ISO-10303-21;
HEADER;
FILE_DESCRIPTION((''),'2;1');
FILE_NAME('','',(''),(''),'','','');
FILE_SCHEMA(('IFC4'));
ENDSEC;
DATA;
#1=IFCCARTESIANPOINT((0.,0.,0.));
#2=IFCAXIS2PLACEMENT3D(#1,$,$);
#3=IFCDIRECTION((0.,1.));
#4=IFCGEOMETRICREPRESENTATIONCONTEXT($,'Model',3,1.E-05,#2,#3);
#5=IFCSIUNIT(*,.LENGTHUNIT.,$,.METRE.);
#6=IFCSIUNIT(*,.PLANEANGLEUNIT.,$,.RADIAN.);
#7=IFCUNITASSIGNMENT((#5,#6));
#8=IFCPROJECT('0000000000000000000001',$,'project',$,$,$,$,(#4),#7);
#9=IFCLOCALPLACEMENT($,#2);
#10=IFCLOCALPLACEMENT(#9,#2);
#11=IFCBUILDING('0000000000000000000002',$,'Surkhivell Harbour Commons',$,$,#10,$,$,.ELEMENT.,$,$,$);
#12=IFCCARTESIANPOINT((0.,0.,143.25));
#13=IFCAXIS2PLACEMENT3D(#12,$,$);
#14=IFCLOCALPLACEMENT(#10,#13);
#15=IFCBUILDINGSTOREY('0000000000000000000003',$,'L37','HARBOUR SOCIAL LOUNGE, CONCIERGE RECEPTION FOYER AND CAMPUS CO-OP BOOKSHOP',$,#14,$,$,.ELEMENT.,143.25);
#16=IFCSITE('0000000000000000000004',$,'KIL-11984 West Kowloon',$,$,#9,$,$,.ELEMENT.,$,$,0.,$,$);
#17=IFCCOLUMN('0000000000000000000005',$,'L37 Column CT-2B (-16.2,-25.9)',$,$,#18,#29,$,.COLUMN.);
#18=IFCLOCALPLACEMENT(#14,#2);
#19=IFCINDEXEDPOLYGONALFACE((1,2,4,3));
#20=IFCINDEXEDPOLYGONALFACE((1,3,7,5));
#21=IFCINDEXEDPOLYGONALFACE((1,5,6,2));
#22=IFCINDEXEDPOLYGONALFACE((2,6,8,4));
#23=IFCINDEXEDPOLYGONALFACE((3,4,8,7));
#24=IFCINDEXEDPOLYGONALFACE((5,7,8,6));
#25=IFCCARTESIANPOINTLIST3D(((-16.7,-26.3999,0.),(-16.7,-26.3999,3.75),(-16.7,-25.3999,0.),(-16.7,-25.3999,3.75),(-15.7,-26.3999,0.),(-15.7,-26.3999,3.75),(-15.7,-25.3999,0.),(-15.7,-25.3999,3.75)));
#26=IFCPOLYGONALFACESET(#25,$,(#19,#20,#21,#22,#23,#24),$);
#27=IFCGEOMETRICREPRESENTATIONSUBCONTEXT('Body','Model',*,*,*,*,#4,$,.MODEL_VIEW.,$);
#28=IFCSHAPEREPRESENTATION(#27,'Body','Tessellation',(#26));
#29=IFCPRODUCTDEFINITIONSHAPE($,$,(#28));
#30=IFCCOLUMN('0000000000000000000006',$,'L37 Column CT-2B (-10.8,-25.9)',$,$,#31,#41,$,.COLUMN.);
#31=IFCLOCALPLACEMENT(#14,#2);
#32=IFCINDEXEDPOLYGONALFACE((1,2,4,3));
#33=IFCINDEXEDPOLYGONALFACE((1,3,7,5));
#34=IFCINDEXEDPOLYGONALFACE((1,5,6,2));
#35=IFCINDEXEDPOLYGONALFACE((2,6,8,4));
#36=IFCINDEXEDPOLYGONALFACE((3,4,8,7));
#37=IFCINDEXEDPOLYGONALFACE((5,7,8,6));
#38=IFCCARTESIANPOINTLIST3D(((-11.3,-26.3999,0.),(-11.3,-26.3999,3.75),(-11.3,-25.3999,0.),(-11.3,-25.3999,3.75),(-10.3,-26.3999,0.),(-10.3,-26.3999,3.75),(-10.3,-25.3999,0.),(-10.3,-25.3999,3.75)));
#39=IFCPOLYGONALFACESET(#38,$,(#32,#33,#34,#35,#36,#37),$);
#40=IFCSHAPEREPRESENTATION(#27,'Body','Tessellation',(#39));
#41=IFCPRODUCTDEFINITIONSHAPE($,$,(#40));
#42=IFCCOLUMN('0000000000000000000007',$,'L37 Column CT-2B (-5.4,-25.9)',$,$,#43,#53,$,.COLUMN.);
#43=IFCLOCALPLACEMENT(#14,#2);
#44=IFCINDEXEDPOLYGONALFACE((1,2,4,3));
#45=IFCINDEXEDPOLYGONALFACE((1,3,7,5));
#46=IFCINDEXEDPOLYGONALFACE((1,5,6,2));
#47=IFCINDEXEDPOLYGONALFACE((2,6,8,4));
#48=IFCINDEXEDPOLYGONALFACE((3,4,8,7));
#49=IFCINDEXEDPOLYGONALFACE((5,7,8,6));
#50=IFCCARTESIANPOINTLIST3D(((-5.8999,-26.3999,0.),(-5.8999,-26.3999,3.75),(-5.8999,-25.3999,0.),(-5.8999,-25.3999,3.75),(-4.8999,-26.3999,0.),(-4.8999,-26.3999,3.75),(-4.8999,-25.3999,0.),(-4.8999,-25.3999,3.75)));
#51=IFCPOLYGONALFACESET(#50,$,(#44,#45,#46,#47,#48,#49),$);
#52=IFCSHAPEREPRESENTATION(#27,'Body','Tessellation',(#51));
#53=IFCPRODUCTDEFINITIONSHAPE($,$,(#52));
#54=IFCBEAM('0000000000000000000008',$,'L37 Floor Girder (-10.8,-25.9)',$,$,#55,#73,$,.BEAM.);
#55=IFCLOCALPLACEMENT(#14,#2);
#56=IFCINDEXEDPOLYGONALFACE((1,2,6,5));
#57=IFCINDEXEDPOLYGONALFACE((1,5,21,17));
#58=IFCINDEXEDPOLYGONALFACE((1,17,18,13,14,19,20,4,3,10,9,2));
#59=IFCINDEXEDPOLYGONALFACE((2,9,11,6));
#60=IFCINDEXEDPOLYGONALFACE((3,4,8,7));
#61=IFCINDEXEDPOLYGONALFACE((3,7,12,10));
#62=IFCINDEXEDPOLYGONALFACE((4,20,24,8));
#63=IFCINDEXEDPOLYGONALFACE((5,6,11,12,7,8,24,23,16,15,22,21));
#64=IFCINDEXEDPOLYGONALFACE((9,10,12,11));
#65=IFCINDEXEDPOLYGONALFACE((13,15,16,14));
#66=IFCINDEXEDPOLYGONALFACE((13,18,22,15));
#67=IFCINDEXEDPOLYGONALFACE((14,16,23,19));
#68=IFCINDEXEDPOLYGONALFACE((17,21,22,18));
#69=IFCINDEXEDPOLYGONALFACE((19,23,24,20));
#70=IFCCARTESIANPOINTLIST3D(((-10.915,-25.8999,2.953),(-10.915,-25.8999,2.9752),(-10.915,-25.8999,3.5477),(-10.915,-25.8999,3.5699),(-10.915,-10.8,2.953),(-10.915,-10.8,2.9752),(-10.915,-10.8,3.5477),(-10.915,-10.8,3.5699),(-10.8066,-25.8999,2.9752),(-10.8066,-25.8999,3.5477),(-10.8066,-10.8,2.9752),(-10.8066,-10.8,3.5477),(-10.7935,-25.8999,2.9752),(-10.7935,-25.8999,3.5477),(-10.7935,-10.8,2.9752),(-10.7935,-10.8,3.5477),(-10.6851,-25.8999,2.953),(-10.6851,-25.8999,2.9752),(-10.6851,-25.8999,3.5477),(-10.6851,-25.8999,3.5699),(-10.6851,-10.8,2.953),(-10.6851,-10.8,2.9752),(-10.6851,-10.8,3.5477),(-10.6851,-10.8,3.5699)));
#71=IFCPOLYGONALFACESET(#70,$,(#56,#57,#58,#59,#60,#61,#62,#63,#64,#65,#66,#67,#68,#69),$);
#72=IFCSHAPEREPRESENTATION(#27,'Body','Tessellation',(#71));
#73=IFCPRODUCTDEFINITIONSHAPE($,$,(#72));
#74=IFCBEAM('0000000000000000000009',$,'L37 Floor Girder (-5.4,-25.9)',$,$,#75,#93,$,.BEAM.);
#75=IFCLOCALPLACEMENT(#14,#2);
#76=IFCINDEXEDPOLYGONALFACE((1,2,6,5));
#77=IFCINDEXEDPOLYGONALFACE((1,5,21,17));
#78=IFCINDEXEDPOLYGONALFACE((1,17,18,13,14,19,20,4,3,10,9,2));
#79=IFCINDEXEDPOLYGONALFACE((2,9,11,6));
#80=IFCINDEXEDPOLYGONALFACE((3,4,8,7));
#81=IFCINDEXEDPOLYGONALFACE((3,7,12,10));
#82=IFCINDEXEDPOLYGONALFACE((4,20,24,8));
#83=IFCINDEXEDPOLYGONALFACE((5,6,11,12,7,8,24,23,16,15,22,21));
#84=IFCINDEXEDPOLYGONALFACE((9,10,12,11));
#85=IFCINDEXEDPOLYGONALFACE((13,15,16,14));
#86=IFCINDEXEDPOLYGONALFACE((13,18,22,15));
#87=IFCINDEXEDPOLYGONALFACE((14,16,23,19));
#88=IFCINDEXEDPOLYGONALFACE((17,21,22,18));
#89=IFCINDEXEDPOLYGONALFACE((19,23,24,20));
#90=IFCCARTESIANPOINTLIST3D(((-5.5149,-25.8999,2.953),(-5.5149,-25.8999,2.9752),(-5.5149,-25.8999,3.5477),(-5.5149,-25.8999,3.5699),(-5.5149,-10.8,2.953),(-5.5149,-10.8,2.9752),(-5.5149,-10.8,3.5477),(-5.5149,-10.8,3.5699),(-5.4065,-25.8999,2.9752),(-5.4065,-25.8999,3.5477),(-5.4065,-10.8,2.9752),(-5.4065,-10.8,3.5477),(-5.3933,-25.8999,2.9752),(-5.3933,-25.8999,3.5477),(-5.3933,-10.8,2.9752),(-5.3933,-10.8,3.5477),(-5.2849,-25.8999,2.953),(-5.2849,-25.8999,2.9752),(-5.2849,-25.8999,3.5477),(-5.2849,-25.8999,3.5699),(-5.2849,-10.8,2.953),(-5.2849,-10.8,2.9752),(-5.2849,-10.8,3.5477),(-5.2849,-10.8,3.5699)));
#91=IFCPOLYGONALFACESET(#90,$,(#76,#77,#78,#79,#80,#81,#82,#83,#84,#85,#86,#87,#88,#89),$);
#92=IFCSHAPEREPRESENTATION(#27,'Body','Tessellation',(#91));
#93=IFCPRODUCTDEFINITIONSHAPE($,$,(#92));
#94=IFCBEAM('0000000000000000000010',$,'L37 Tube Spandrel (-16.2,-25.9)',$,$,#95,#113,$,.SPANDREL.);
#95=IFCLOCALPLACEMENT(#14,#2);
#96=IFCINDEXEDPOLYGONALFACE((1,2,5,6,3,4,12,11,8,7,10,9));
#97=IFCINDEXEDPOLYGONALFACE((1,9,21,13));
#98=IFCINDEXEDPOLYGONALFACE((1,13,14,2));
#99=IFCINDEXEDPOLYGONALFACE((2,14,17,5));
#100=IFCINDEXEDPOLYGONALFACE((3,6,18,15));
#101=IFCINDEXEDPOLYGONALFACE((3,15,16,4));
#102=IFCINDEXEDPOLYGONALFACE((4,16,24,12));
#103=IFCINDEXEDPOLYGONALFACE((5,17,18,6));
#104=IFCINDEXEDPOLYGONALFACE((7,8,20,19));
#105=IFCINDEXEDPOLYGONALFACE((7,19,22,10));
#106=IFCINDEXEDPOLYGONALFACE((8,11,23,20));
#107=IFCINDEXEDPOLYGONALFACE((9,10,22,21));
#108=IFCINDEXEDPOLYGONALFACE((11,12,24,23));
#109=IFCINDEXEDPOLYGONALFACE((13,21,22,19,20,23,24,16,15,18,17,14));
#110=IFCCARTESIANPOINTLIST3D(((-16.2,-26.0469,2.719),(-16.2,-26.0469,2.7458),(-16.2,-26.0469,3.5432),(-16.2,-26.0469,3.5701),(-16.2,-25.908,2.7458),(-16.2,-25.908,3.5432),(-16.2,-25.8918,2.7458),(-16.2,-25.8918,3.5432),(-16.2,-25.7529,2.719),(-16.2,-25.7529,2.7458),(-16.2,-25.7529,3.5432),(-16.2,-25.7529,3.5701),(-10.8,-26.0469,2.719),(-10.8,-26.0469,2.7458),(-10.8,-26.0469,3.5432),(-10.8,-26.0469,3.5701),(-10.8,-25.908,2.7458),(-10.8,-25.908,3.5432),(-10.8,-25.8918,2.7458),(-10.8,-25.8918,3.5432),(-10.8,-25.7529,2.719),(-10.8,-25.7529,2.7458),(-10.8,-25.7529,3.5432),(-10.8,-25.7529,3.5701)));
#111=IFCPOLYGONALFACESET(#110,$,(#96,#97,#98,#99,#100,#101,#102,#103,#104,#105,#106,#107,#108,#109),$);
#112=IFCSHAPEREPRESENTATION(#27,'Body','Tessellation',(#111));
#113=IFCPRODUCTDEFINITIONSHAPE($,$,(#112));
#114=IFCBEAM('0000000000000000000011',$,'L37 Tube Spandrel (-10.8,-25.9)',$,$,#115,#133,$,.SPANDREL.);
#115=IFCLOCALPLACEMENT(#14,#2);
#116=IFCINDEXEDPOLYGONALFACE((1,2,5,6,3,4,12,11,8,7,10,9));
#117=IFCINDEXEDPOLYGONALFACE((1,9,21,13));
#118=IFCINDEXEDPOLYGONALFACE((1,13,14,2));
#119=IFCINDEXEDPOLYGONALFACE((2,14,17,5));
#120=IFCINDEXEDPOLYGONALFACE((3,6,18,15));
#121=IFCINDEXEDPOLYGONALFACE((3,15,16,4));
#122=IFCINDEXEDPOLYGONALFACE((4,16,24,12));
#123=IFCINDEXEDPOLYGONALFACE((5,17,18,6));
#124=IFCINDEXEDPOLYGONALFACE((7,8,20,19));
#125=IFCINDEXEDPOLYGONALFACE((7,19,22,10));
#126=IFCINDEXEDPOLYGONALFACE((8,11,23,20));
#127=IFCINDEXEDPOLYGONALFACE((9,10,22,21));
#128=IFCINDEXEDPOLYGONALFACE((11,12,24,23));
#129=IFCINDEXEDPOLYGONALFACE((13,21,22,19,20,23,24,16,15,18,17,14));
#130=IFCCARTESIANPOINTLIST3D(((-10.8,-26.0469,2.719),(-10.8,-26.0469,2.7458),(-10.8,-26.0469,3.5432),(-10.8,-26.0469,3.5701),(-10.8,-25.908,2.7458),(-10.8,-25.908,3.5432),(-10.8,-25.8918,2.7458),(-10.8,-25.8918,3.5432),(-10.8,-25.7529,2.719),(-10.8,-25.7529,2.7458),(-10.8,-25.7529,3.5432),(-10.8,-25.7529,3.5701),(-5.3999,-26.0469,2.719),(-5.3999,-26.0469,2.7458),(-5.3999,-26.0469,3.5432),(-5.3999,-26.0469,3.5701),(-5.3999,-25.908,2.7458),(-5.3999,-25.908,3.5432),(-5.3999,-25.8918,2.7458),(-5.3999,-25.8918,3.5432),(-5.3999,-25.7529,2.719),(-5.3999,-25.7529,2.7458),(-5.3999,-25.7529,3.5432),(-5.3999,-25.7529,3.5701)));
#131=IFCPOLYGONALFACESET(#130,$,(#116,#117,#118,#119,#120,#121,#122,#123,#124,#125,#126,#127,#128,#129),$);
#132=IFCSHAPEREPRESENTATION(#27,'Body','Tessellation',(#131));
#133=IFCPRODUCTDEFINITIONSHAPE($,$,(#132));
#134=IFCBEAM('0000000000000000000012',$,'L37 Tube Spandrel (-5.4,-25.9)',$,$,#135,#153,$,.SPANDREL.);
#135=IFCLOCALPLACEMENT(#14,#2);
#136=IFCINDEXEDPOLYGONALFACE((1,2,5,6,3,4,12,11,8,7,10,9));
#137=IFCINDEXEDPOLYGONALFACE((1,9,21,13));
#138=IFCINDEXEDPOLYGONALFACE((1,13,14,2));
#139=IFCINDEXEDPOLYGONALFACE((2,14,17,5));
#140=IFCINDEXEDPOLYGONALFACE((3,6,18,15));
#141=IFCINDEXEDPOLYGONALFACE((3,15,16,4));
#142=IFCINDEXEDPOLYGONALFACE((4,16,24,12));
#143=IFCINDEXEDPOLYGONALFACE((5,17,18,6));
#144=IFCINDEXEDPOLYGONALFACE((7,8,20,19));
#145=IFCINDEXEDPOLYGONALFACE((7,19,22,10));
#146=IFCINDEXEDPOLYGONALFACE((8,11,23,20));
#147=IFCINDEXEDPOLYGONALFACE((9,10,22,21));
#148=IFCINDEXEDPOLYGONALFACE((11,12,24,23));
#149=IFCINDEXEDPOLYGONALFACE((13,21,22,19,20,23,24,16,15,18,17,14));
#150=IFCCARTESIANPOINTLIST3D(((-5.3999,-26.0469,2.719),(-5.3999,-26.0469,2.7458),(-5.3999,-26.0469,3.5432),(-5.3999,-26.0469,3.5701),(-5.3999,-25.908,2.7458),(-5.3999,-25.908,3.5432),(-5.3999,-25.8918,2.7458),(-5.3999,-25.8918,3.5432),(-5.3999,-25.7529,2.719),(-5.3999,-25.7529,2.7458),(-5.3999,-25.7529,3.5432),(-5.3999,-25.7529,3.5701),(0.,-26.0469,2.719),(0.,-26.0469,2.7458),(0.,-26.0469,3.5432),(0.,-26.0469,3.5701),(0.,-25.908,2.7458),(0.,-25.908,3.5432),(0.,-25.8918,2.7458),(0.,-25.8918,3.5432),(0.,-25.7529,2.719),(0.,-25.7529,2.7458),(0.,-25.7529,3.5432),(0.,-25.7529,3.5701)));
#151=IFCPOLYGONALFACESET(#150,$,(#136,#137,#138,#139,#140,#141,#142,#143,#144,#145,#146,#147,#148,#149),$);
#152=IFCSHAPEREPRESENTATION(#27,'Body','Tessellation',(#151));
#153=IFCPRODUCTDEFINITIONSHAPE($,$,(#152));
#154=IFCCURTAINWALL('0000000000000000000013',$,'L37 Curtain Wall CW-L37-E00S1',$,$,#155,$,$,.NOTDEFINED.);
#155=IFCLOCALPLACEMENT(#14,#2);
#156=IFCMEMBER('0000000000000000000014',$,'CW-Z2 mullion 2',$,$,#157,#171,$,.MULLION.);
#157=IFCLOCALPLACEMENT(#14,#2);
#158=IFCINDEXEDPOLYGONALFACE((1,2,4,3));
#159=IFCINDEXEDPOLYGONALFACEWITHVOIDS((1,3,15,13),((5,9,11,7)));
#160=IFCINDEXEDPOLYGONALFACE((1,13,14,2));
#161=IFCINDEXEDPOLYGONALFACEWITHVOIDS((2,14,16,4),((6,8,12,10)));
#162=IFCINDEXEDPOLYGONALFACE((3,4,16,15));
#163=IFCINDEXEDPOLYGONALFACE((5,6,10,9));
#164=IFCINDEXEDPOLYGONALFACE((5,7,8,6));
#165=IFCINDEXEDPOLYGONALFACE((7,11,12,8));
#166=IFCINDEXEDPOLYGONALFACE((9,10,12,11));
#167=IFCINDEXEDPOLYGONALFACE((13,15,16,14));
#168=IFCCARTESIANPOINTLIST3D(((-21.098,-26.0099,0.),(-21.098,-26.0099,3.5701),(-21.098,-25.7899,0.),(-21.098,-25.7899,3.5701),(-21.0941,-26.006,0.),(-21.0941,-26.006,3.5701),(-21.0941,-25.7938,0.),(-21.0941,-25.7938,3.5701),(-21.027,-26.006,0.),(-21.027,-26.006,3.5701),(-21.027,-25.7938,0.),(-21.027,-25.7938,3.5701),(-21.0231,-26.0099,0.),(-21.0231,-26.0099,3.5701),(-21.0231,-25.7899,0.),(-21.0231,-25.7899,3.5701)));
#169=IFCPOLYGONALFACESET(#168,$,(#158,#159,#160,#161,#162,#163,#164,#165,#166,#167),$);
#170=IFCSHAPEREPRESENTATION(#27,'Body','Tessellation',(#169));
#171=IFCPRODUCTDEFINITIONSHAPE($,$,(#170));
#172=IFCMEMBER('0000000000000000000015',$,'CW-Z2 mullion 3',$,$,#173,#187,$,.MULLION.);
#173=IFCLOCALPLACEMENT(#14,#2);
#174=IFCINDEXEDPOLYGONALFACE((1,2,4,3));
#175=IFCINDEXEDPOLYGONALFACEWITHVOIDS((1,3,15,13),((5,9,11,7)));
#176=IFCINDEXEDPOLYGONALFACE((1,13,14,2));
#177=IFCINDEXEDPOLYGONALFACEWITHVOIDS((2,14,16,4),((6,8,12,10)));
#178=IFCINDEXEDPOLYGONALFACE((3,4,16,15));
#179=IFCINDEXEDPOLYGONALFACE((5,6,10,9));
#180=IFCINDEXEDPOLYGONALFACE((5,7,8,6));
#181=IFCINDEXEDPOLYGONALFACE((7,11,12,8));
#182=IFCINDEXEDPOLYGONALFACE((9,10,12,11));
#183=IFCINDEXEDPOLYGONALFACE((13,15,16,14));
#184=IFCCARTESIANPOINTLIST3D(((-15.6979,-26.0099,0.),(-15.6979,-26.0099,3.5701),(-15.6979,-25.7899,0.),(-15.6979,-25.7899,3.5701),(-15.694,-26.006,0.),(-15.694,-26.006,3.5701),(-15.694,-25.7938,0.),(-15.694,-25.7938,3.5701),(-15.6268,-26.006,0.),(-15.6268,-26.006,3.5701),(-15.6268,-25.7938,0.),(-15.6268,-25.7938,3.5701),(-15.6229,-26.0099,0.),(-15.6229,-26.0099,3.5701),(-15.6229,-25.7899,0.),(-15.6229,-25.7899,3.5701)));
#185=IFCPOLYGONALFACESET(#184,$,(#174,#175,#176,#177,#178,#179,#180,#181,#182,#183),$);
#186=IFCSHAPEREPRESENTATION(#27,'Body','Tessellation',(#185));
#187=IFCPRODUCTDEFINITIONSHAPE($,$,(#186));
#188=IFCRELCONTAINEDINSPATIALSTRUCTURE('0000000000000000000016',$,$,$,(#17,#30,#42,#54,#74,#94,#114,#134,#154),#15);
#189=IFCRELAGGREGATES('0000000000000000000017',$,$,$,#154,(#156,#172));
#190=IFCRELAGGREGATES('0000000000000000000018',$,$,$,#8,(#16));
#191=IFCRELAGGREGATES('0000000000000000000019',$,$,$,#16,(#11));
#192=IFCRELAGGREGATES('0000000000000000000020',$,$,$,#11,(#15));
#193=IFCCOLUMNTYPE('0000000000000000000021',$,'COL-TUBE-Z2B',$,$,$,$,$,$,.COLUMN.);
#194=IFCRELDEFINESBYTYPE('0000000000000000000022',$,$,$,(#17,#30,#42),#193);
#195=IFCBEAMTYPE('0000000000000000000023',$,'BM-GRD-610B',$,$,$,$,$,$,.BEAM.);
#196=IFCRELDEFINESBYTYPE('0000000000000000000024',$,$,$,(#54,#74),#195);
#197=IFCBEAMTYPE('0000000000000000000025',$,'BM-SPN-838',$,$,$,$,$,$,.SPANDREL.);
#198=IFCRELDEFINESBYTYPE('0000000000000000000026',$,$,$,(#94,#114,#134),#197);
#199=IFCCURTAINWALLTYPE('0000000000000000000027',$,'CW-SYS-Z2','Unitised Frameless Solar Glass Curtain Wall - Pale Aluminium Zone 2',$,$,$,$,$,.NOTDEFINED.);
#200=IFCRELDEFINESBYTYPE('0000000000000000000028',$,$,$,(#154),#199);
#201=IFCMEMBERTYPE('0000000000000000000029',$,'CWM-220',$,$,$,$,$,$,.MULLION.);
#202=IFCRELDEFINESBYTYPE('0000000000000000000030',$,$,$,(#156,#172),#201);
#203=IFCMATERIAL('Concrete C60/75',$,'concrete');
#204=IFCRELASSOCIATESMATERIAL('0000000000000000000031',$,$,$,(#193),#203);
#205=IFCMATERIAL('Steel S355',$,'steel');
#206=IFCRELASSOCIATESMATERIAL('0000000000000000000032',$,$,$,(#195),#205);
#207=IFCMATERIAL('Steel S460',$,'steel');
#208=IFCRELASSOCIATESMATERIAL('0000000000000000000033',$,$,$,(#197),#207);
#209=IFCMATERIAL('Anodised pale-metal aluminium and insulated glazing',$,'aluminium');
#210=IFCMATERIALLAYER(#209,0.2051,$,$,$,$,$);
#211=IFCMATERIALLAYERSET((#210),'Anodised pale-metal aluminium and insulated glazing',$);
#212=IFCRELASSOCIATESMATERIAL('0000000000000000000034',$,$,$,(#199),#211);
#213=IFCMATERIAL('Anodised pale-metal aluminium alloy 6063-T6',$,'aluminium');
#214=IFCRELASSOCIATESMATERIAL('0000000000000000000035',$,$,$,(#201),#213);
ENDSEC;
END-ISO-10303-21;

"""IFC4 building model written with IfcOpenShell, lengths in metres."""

from ifc_helpers import new_model, si_unit, direction, frame, origin, origin_2d, place, context, subcontext, project, spatial, rectangle, hollow_rectangle, i_section, extrude, material, layer, layer_set, material_profile, profile_set, type_object, element, aggregate, save


model = new_model("IFC4")

# Units and contexts
model_context = context("Model", 3, precision=1e-05, world=origin(), true_north=direction((0.0, 1.0)))
body_context = subcontext(model_context, "Body", "Model", "MODEL_VIEW")
ifc_project = project(units=[si_unit("LENGTHUNIT", "METRE"), si_unit("PLANEANGLEUNIT", "RADIAN")], contexts=[model_context])

# Site, building, storey
site_placement = place(None, origin())
site = spatial("IfcSite", under=ifc_project, at=site_placement, Name="KIL-11984 West Kowloon", CompositionType="ELEMENT", RefElevation=0.0)
building_placement = place(site_placement, origin())
building = spatial("IfcBuilding", under=site, at=building_placement, Name="Surkhivell Harbour Commons", CompositionType="ELEMENT")
storey_placement = place(building_placement, frame((0.0, 0.0, 143.25)))
storey = spatial("IfcBuildingStorey", under=building, at=storey_placement, Name="L37", Description="HARBOUR SOCIAL LOUNGE, CONCIERGE RECEPTION FOYER AND CAMPUS CO-OP BOOKSHOP", CompositionType="ELEMENT", Elevation=143.25)

# Columns
ifc_material_1 = material(Name="Concrete C60/75", Category="concrete")
ifc_material_profile_1 = material_profile(ifc_material_1, rectangle(XDim=1.0, YDim=1.0, at=origin_2d()), Name="RC-COL-1000x1000")
ifc_profile_set_1 = profile_set([ifc_material_profile_1], Name="Concrete C60/75")
column_type = type_object("IfcColumnType", Name="COL-TUBE-Z2B", PredefinedType="COLUMN", material=ifc_profile_set_1)
for number, where, z_axis, x_axis, name in (
    (1, (-16.2, -25.8999, 0.0), (0.0, 0.0, 1.0), (1.0, 0.0, 0.0), "L37 Column CT-2B (-16.2,-25.9)"),
    (2, (-10.8, -25.8999, 0.0), (0.0, 0.0, 1.0), (1.0, 0.0, 0.0), "L37 Column CT-2B (-10.8,-25.9)"),
    (3, (-5.3999, -25.8999, 0.0), (0.0, 0.0, 1.0), (1.0, 0.0, 0.0), "L37 Column CT-2B (-5.4,-25.9)"),
):
    element("IfcColumn", number, at=place(storey_placement, frame(where, z_axis=z_axis, x_axis=x_axis)), inside=storey, type_object=column_type, Name=name, PredefinedType="COLUMN", context=body_context, shape_type="SweptSolid", body=[
        extrude(rectangle(XDim=1.0, YDim=1.0, at=origin_2d()), origin(), (0.0, 0.0, 1.0), 3.75),
    ])

# Beams
ifc_material_2 = material(Name="Steel S355", Category="steel")
ifc_material_profile_2 = material_profile(ifc_material_2, i_section(OverallWidth=0.23, OverallDepth=0.6169, WebThickness=0.0132, FlangeThickness=0.0222, at=origin_2d()), Name="UB610x229x140")
ifc_profile_set_2 = profile_set([ifc_material_profile_2], Name="Steel S355")
beam_type_1 = type_object("IfcBeamType", Name="BM-GRD-610B", PredefinedType="BEAM", material=ifc_profile_set_2)
for number, where, z_axis, x_axis, name in (
    (4, (-10.8, -25.8999, 3.2615), (0.0, 1.0, 0.0), (-1.0, 0.0, 0.0), "L37 Floor Girder (-10.8,-25.9)"),
    (5, (-5.3999, -25.8999, 3.2615), (0.0, 1.0, 0.0), (-1.0, 0.0, 0.0), "L37 Floor Girder (-5.4,-25.9)"),
):
    element("IfcBeam", number, at=place(storey_placement, frame(where, z_axis=z_axis, x_axis=x_axis)), inside=storey, type_object=beam_type_1, Name=name, PredefinedType="BEAM", context=body_context, shape_type="SweptSolid", body=[
        extrude(i_section(OverallWidth=0.23, OverallDepth=0.6169, WebThickness=0.0132, FlangeThickness=0.0222, at=origin_2d()), origin(), (0.0, 0.0, 1.0), 15.0999),
    ])
ifc_material_3 = material(Name="Steel S460", Category="steel")
ifc_material_profile_3 = material_profile(ifc_material_3, i_section(OverallWidth=0.2939, OverallDepth=0.8511, WebThickness=0.0161, FlangeThickness=0.0269, at=origin_2d()), Name="UB838x292x226")
ifc_profile_set_3 = profile_set([ifc_material_profile_3], Name="Steel S460")
beam_type_2 = type_object("IfcBeamType", Name="BM-SPN-838", PredefinedType="SPANDREL", material=ifc_profile_set_3)
beam_1_placement = place(storey_placement, frame((-16.2, -25.8999, 3.1445), z_axis=(1.0, 0.0, 0.0), x_axis=(0.0, 1.0, 0.0)))
element("IfcBeam", 6, at=beam_1_placement, inside=storey, type_object=beam_type_2, Name="L37 Tube Spandrel (-16.2,-25.9)", PredefinedType="SPANDREL", context=body_context, shape_type="SweptSolid", body=[
    extrude(i_section(OverallWidth=0.2939, OverallDepth=0.8511, WebThickness=0.0161, FlangeThickness=0.0269, at=origin_2d()), origin(), (0.0, 0.0, 1.0), 5.3999),
])
beam_2_placement = place(storey_placement, frame((-10.8, -25.8999, 3.1445), z_axis=(1.0, 0.0, 0.0), x_axis=(0.0, 1.0, 0.0)))
element("IfcBeam", 7, at=beam_2_placement, inside=storey, type_object=beam_type_2, Name="L37 Tube Spandrel (-10.8,-25.9)", PredefinedType="SPANDREL", context=body_context, shape_type="SweptSolid", body=[
    extrude(i_section(OverallWidth=0.2939, OverallDepth=0.8511, WebThickness=0.0161, FlangeThickness=0.0269, at=origin_2d()), origin(), (0.0, 0.0, 1.0), 5.4001),
])
beam_3_placement = place(storey_placement, frame((-5.3999, -25.8999, 3.1445), z_axis=(1.0, 0.0, 0.0), x_axis=(0.0, 1.0, 0.0)))
element("IfcBeam", 8, at=beam_3_placement, inside=storey, type_object=beam_type_2, Name="L37 Tube Spandrel (-5.4,-25.9)", PredefinedType="SPANDREL", context=body_context, shape_type="SweptSolid", body=[
    extrude(i_section(OverallWidth=0.2939, OverallDepth=0.8511, WebThickness=0.0161, FlangeThickness=0.0269, at=origin_2d()), origin(), (0.0, 0.0, 1.0), 5.3999),
])

# Curtain wall, members
ifc_material_4 = material(Name="Anodised pale-metal aluminium and insulated glazing", Category="aluminium")
ifc_layer_1 = layer(ifc_material_4, 0.2051)
ifc_layer_set_1 = layer_set([ifc_layer_1], Name="Anodised pale-metal aluminium and insulated glazing")
curtain_wall_type = type_object("IfcCurtainWallType", Name="CW-SYS-Z2", Description="Unitised Frameless Solar Glass Curtain Wall - Pale Aluminium Zone 2", PredefinedType="NOTDEFINED", material=ifc_layer_set_1)
curtain_wall_1_placement = place(storey_placement, origin())
curtain_wall_1 = element("IfcCurtainWall", 9, at=curtain_wall_1_placement, inside=storey, type_object=curtain_wall_type, Name="L37 Curtain Wall CW-L37-E00S1", PredefinedType="NOTDEFINED")
ifc_material_5 = material(Name="Anodised pale-metal aluminium alloy 6063-T6", Category="aluminium")
ifc_material_profile_4 = material_profile(ifc_material_5, hollow_rectangle(XDim=0.075, YDim=0.22, WallThickness=0.0039, at=origin_2d()), Name="ALU-MULL-75x220")
ifc_profile_set_4 = profile_set([ifc_material_profile_4], Name="Anodised pale-metal aluminium alloy 6063-T6")
member_type_1 = type_object("IfcMemberType", Name="CWM-220", PredefinedType="MULLION", material=ifc_profile_set_4)
member_1_placement = place(storey_placement, frame((-21.0605, -25.8999, 0.0), z_axis=(0.0, 0.0, 1.0), x_axis=(1.0, 0.0, 0.0)))
member_1 = element("IfcMember", 10, at=member_1_placement, type_object=member_type_1, Name="CW-Z2 mullion 2", PredefinedType="MULLION", context=body_context, shape_type="SweptSolid", body=[
    extrude(hollow_rectangle(XDim=0.075, YDim=0.22, WallThickness=0.0039, at=origin_2d()), origin(), (0.0, 0.0, 1.0), 3.5701),
])
member_2_placement = place(storey_placement, frame((-15.6604, -25.8999, 0.0), z_axis=(0.0, 0.0, 1.0), x_axis=(1.0, 0.0, 0.0)))
member_2 = element("IfcMember", 11, at=member_2_placement, type_object=member_type_1, Name="CW-Z2 mullion 3", PredefinedType="MULLION", context=body_context, shape_type="SweptSolid", body=[
    extrude(hollow_rectangle(XDim=0.075, YDim=0.22, WallThickness=0.0039, at=origin_2d()), origin(), (0.0, 0.0, 1.0), 3.5701),
])

aggregate(curtain_wall_1, [member_1, member_2])

save(model, "model.ifc")
